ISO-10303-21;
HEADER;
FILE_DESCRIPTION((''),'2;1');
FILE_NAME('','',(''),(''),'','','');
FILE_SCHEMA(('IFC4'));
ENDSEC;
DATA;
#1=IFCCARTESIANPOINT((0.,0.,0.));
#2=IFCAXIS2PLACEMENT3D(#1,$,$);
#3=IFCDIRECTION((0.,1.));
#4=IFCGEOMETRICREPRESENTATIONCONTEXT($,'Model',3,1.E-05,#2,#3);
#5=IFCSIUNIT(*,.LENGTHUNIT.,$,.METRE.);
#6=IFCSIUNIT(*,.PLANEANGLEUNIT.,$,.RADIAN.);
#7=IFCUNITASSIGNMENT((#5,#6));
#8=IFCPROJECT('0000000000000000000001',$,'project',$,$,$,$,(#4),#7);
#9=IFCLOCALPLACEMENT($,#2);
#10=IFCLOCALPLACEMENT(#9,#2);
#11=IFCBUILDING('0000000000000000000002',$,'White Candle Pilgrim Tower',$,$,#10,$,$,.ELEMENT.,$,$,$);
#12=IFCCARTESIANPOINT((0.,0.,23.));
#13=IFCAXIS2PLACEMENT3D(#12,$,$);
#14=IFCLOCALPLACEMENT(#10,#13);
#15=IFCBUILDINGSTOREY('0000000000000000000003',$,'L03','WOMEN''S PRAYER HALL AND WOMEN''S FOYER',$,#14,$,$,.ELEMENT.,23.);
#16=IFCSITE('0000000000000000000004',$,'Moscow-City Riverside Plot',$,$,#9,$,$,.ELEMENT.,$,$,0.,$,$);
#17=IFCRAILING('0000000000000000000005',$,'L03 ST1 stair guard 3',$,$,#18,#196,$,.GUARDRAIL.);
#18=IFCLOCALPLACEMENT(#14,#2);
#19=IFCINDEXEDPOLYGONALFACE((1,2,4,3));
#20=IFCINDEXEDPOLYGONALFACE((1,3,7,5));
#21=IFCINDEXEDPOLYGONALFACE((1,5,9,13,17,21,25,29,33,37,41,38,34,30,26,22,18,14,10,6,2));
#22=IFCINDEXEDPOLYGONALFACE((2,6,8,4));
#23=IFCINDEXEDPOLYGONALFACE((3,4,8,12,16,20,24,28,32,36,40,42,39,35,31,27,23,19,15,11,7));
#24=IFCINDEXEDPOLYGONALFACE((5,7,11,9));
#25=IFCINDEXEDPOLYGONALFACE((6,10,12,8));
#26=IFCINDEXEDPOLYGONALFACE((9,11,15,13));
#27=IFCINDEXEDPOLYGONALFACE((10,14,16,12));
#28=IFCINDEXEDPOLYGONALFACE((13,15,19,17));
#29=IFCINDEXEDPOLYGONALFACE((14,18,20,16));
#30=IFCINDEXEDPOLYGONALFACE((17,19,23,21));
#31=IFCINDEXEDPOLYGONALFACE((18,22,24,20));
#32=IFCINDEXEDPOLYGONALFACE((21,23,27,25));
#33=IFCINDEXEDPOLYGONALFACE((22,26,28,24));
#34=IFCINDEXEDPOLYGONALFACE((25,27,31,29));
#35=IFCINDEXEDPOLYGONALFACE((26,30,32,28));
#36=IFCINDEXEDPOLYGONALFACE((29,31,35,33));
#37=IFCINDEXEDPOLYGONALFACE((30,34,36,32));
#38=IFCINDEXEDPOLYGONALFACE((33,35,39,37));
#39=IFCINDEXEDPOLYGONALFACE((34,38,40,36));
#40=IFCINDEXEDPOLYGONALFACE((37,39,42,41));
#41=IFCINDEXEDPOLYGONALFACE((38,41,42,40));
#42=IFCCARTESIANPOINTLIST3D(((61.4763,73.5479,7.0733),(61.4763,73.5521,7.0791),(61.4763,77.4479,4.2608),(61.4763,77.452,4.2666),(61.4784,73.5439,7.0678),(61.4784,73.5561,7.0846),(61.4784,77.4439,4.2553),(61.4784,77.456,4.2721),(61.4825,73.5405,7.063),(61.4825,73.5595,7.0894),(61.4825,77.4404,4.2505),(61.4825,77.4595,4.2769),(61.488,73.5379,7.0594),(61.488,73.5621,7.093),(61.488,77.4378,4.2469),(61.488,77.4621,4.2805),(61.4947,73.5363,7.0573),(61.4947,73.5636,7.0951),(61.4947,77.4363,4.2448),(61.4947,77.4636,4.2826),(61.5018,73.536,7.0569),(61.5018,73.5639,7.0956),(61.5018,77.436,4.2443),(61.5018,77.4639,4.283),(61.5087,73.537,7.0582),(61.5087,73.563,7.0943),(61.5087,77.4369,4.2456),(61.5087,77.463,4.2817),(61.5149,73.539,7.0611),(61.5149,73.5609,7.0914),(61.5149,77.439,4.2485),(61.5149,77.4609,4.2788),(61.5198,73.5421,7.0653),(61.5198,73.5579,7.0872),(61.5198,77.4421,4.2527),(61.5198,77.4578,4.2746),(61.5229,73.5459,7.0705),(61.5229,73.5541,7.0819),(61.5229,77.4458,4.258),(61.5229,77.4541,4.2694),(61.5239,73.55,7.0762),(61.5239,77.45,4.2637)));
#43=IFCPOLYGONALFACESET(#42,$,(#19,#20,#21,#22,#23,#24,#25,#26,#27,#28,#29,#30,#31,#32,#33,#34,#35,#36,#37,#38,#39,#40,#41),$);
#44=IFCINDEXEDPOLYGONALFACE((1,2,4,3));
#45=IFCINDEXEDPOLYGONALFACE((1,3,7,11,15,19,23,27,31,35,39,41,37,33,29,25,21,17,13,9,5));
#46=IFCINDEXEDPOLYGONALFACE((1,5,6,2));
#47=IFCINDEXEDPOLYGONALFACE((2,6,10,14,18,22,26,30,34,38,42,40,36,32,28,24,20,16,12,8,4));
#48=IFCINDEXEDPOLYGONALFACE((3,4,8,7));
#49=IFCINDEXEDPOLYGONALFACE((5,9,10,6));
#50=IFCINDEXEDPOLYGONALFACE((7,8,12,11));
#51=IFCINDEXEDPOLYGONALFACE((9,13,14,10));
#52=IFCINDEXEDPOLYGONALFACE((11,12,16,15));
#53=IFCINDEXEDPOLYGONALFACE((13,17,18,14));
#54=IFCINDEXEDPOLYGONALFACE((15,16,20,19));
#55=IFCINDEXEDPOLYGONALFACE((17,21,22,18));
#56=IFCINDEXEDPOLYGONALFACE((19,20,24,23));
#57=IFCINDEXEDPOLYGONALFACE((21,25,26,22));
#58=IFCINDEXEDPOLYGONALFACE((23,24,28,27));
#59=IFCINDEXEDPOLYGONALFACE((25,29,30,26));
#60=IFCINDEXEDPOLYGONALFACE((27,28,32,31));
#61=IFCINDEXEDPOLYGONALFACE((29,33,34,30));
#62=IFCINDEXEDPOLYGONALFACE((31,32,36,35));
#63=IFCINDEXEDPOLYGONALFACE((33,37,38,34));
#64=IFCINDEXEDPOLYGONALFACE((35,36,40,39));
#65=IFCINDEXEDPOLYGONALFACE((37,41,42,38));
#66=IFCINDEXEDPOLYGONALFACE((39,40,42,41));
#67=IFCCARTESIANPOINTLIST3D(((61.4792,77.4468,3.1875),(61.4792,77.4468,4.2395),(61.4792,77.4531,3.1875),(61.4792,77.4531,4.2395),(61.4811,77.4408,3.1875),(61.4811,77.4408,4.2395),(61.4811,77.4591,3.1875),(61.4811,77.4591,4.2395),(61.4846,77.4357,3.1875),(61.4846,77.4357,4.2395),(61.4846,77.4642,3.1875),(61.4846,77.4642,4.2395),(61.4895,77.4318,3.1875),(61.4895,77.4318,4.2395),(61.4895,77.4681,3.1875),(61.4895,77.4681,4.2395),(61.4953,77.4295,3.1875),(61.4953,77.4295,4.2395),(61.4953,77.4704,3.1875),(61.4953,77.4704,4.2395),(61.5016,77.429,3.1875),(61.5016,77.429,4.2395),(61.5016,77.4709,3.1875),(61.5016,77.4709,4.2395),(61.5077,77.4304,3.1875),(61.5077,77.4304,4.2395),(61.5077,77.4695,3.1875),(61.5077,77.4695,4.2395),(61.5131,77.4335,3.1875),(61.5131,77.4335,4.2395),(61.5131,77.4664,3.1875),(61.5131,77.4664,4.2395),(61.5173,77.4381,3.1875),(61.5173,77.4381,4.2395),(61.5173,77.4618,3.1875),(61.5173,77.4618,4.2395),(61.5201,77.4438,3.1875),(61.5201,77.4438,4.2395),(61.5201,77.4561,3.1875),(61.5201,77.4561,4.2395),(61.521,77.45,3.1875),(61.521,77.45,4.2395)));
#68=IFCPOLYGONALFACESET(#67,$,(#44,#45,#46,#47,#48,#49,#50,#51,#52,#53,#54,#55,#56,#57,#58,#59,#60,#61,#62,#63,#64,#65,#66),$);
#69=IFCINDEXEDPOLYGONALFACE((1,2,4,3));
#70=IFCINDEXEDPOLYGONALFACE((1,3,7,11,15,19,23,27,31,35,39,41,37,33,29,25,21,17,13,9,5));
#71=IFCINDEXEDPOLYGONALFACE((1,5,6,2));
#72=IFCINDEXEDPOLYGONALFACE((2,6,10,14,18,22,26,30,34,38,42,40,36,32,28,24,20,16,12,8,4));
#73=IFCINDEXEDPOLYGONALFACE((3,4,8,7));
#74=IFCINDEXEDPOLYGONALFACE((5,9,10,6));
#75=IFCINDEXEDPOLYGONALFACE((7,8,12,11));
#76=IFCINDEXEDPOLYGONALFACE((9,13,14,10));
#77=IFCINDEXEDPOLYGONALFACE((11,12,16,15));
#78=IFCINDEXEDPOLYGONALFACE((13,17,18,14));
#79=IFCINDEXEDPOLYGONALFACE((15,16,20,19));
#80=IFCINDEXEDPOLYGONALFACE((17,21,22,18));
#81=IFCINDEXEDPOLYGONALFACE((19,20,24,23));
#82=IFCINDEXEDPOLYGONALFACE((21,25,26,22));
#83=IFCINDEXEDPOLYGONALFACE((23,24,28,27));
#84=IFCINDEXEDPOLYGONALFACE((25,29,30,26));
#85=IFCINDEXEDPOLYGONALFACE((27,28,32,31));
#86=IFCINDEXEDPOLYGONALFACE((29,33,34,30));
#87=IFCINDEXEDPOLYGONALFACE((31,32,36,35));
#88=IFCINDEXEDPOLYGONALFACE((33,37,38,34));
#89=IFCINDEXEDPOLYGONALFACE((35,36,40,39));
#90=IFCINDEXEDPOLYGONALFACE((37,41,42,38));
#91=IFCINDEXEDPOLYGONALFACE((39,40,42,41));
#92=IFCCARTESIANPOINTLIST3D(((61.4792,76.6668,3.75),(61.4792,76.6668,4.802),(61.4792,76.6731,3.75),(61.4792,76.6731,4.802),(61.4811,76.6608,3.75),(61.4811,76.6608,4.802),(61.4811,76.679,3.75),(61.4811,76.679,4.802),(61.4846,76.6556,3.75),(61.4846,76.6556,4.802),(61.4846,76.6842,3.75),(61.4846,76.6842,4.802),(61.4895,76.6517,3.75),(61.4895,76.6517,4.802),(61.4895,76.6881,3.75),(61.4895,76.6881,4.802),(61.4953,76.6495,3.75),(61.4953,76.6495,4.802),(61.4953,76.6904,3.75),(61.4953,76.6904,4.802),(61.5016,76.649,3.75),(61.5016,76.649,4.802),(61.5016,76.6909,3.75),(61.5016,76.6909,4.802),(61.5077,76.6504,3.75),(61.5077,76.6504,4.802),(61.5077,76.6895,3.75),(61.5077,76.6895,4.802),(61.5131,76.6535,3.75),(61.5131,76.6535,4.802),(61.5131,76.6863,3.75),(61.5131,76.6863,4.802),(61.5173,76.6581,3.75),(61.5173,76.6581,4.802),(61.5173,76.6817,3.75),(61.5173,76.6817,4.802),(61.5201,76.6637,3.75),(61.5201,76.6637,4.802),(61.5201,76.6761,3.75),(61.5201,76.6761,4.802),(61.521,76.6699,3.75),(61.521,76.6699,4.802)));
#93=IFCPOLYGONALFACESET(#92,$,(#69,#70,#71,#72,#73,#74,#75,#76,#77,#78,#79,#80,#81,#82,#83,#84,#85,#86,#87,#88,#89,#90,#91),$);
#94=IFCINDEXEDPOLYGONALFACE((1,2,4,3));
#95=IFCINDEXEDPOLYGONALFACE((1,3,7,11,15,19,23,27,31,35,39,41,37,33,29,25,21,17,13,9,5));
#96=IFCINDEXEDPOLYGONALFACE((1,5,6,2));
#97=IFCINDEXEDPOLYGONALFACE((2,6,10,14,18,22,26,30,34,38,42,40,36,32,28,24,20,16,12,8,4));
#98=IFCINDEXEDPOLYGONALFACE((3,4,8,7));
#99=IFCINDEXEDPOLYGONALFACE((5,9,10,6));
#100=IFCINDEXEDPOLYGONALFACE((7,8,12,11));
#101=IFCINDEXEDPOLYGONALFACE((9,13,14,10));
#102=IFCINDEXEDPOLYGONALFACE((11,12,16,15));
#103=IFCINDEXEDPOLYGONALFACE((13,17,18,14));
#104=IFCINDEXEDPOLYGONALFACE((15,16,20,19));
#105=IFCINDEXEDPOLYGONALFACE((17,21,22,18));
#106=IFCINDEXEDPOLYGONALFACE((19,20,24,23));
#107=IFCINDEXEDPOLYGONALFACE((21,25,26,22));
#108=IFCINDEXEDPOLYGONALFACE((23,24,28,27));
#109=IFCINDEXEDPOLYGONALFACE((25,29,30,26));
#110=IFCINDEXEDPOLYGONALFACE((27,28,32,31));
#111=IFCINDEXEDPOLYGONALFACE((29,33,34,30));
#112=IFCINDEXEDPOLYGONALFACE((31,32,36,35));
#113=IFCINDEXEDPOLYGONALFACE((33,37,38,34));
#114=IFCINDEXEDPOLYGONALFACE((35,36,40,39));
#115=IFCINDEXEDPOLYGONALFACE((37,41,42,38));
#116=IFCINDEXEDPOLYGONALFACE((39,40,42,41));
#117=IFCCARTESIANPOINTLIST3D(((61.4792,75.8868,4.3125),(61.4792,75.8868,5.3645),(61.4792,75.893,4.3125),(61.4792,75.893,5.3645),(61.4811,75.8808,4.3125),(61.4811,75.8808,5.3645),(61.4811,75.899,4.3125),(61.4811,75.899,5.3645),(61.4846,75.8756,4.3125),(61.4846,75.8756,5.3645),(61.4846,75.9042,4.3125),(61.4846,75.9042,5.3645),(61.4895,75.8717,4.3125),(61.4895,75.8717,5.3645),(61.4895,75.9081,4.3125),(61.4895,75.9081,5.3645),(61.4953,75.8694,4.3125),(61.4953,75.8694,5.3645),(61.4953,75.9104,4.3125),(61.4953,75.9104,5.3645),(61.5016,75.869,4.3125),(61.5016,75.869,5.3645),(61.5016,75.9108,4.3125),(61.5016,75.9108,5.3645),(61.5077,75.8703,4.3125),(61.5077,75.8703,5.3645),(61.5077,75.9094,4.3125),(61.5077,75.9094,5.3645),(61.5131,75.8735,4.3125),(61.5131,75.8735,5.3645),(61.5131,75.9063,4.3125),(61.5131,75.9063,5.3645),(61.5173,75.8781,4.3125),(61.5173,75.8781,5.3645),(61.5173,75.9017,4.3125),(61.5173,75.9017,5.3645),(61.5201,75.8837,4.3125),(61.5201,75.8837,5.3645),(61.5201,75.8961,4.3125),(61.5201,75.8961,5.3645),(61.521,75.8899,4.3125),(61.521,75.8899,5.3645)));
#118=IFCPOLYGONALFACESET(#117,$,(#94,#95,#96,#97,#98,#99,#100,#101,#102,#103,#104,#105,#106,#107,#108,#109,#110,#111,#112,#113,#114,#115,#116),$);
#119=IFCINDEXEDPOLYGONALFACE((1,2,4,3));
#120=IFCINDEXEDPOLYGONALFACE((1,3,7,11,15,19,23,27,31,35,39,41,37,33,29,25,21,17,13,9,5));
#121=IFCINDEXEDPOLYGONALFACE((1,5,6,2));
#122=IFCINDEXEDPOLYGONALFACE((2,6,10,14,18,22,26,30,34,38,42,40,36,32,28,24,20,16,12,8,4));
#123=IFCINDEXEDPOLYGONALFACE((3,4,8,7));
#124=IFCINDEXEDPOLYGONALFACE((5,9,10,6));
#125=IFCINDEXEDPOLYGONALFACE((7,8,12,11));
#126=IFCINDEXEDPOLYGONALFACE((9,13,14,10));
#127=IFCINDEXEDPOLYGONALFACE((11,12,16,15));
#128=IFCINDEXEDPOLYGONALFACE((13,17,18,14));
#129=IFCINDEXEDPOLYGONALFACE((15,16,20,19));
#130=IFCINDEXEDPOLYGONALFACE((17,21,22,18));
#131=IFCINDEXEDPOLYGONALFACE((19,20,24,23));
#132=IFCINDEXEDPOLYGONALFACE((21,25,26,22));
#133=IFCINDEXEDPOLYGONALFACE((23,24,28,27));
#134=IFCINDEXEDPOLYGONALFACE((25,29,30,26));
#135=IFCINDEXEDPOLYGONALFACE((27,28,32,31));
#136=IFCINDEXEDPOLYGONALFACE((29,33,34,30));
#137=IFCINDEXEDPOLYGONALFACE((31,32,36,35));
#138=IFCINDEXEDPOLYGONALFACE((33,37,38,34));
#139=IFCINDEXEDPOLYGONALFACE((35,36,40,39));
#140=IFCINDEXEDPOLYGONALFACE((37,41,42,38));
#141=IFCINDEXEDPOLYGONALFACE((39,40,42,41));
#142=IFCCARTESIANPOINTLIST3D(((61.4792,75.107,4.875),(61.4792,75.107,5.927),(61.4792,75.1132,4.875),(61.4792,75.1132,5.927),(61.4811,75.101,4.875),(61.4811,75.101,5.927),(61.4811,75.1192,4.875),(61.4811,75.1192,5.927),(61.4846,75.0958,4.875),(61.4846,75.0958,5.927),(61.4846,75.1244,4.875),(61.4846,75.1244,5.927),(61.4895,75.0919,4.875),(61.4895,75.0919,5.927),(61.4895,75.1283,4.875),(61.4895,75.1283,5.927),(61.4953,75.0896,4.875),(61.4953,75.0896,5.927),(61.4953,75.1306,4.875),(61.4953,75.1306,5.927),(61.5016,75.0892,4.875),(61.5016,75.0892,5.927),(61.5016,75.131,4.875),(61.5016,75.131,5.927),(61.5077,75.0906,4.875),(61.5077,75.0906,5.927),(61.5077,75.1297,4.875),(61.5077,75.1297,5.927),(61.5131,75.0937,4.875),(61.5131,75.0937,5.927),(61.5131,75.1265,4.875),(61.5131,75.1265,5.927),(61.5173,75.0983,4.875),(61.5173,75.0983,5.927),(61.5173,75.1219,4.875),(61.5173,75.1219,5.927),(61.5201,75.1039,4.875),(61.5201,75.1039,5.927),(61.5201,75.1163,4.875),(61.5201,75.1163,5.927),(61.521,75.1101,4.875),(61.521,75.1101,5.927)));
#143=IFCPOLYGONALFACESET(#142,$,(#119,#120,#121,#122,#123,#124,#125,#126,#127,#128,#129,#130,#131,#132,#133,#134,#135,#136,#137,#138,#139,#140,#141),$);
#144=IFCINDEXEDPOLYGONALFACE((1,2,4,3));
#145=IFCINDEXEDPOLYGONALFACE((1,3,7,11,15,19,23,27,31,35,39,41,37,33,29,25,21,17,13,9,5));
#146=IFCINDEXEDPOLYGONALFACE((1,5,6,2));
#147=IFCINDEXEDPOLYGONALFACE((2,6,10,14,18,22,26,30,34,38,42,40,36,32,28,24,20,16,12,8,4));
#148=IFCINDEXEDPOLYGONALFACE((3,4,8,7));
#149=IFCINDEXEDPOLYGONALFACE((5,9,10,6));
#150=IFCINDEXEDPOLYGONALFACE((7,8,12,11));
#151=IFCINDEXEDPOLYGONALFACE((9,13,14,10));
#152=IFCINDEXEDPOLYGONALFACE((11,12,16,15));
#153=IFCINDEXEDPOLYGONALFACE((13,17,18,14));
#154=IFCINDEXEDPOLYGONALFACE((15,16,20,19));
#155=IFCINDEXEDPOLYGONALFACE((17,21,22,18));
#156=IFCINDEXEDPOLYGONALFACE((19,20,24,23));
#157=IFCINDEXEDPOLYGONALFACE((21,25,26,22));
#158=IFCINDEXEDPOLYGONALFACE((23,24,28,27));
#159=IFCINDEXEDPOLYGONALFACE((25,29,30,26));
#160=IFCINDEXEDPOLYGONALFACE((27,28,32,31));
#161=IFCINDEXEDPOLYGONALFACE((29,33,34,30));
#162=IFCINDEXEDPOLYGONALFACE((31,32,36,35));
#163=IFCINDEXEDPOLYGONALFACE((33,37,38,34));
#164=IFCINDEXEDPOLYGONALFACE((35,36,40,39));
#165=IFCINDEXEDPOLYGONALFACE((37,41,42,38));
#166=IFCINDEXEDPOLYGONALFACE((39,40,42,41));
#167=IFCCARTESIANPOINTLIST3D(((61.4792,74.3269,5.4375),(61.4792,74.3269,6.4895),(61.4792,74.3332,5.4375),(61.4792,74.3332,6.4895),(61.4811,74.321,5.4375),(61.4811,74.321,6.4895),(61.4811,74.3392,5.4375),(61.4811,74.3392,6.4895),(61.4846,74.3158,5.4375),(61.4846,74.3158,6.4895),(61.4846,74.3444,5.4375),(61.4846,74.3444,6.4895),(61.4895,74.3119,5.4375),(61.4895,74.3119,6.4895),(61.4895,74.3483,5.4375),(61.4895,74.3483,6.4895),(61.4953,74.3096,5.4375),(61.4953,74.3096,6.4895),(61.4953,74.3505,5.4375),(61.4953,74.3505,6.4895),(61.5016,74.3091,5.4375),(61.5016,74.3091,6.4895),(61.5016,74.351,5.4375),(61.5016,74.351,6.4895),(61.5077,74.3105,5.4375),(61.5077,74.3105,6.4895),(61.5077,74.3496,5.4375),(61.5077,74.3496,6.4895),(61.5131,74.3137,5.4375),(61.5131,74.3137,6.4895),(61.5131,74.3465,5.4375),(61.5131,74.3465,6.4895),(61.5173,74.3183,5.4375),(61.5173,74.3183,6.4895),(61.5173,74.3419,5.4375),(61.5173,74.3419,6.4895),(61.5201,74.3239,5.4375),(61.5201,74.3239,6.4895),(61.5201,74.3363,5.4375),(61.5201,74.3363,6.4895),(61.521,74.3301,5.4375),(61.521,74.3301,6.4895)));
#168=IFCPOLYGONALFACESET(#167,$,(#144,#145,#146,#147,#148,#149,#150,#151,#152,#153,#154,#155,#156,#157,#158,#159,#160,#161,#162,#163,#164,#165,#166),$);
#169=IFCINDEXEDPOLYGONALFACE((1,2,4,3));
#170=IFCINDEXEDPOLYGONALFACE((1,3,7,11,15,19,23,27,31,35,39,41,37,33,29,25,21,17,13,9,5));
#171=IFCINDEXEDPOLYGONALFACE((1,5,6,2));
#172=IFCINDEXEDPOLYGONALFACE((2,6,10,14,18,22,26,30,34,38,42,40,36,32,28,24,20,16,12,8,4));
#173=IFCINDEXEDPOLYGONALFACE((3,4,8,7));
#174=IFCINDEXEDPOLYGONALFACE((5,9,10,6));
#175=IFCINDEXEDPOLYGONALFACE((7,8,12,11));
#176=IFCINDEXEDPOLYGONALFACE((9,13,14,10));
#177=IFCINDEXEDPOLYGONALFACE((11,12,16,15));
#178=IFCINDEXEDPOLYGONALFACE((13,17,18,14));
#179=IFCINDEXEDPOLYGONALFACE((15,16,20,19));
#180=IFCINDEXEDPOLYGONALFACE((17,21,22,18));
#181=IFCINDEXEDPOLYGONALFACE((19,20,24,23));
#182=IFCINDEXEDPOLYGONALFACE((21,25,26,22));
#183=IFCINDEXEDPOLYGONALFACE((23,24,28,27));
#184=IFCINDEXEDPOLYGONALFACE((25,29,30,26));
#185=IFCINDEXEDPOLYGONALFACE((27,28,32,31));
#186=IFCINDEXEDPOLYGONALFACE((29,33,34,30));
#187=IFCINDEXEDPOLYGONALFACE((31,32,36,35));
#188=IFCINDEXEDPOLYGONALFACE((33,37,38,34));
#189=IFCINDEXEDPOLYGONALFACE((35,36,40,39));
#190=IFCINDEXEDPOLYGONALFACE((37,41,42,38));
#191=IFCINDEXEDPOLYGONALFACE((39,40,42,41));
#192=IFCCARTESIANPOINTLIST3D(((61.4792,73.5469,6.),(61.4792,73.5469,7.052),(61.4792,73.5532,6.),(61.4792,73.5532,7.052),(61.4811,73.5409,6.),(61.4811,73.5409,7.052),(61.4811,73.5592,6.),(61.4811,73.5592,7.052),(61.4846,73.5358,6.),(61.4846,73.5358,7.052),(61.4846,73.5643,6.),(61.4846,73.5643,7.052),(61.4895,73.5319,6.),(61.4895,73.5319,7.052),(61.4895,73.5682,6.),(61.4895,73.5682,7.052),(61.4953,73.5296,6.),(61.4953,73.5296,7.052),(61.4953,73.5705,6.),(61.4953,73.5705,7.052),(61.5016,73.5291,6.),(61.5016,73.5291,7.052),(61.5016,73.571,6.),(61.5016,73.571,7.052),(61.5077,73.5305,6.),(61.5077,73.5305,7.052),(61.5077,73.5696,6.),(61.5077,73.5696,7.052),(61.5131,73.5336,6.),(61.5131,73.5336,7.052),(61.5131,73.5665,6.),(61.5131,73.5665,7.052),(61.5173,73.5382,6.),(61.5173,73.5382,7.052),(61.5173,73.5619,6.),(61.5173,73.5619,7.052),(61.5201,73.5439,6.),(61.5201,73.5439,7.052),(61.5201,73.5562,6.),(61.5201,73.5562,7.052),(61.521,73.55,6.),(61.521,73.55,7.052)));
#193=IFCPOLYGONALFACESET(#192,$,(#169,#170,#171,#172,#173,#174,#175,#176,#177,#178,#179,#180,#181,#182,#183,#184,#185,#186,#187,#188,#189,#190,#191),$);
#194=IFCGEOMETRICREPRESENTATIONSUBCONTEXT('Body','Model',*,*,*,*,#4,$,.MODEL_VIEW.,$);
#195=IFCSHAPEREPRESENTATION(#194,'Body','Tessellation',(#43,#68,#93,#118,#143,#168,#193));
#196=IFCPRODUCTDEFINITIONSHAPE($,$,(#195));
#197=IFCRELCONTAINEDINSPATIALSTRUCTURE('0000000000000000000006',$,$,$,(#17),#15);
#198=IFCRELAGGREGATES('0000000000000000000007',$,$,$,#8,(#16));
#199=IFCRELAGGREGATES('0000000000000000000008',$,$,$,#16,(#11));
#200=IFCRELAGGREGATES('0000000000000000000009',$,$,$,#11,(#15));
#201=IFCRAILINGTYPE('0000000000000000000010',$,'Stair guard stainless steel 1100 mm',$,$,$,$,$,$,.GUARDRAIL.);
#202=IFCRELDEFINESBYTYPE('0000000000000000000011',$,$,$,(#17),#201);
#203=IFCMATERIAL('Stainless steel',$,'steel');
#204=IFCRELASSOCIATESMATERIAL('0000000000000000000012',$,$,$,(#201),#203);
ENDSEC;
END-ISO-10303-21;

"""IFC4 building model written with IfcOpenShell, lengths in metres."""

from ifc_helpers import new_model, si_unit, direction, frame, origin, origin_2d, place, context, subcontext, project, spatial, circle, extrude, material, type_object, element, save


model = new_model("IFC4")

# Units and contexts
model_context = context("Model", 3, precision=1e-05, world=origin(), true_north=direction((0.0, 1.0)))
body_context = subcontext(model_context, "Body", "Model", "MODEL_VIEW")
ifc_project = project(units=[si_unit("LENGTHUNIT", "METRE"), si_unit("PLANEANGLEUNIT", "RADIAN")], contexts=[model_context])

# Site, building, storey
site_placement = place(None, origin())
site = spatial("IfcSite", under=ifc_project, at=site_placement, Name="Moscow-City Riverside Plot", CompositionType="ELEMENT", RefElevation=0.0)
building_placement = place(site_placement, origin())
building = spatial("IfcBuilding", under=site, at=building_placement, Name="White Candle Pilgrim Tower", CompositionType="ELEMENT")
storey_placement = place(building_placement, frame((0.0, 0.0, 23.0)))
storey = spatial("IfcBuildingStorey", under=building, at=storey_placement, Name="L03", Description="WOMEN'S PRAYER HALL AND WOMEN'S FOYER", CompositionType="ELEMENT", Elevation=23.0)

# Shared definitions
ifc_material_1 = material(Name="Stainless steel", Category="steel")

# Railing
railing_type_1 = type_object("IfcRailingType", Name="Stair guard stainless steel 1100 mm", PredefinedType="GUARDRAIL", material=ifc_material_1)
railing_1_placement = place(storey_placement, frame((61.5, 77.45, 3.1875)))
element("IfcRailing", 1, at=railing_1_placement, inside=storey, type_object=railing_type_1, Name="L03 ST1 stair guard 3", PredefinedType="GUARDRAIL", context=body_context, shape_type="SweptSolid", body=[
    extrude(circle(Radius=0.0239, at=origin_2d()), frame((0.0, 0.0, 1.0762), z_axis=(0.0, -0.811083, 0.584931), x_axis=(1.0, 0.0, 0.0)), (0.0, 0.0, 1.0), 4.8083),
    extrude(circle(Radius=0.021, at=origin_2d()), origin(), (0.0, 0.0, 1.0), 1.052),
    extrude(circle(Radius=0.021, at=origin_2d()), frame((0.0, -0.78, 0.5625)), (0.0, 0.0, 1.0), 1.052),
    extrude(circle(Radius=0.021, at=origin_2d()), frame((0.0, -1.5601, 1.125)), (0.0, 0.0, 1.0), 1.052),
    extrude(circle(Radius=0.021, at=origin_2d()), frame((0.0, -2.3398, 1.6875)), (0.0, 0.0, 1.0), 1.052),
    extrude(circle(Radius=0.021, at=origin_2d()), frame((0.0, -3.1199, 2.25)), (0.0, 0.0, 1.0), 1.052),
    extrude(circle(Radius=0.021, at=origin_2d()), frame((0.0, -3.8999, 2.8125)), (0.0, 0.0, 1.0), 1.052),
])

save(model, "model.ifc")
